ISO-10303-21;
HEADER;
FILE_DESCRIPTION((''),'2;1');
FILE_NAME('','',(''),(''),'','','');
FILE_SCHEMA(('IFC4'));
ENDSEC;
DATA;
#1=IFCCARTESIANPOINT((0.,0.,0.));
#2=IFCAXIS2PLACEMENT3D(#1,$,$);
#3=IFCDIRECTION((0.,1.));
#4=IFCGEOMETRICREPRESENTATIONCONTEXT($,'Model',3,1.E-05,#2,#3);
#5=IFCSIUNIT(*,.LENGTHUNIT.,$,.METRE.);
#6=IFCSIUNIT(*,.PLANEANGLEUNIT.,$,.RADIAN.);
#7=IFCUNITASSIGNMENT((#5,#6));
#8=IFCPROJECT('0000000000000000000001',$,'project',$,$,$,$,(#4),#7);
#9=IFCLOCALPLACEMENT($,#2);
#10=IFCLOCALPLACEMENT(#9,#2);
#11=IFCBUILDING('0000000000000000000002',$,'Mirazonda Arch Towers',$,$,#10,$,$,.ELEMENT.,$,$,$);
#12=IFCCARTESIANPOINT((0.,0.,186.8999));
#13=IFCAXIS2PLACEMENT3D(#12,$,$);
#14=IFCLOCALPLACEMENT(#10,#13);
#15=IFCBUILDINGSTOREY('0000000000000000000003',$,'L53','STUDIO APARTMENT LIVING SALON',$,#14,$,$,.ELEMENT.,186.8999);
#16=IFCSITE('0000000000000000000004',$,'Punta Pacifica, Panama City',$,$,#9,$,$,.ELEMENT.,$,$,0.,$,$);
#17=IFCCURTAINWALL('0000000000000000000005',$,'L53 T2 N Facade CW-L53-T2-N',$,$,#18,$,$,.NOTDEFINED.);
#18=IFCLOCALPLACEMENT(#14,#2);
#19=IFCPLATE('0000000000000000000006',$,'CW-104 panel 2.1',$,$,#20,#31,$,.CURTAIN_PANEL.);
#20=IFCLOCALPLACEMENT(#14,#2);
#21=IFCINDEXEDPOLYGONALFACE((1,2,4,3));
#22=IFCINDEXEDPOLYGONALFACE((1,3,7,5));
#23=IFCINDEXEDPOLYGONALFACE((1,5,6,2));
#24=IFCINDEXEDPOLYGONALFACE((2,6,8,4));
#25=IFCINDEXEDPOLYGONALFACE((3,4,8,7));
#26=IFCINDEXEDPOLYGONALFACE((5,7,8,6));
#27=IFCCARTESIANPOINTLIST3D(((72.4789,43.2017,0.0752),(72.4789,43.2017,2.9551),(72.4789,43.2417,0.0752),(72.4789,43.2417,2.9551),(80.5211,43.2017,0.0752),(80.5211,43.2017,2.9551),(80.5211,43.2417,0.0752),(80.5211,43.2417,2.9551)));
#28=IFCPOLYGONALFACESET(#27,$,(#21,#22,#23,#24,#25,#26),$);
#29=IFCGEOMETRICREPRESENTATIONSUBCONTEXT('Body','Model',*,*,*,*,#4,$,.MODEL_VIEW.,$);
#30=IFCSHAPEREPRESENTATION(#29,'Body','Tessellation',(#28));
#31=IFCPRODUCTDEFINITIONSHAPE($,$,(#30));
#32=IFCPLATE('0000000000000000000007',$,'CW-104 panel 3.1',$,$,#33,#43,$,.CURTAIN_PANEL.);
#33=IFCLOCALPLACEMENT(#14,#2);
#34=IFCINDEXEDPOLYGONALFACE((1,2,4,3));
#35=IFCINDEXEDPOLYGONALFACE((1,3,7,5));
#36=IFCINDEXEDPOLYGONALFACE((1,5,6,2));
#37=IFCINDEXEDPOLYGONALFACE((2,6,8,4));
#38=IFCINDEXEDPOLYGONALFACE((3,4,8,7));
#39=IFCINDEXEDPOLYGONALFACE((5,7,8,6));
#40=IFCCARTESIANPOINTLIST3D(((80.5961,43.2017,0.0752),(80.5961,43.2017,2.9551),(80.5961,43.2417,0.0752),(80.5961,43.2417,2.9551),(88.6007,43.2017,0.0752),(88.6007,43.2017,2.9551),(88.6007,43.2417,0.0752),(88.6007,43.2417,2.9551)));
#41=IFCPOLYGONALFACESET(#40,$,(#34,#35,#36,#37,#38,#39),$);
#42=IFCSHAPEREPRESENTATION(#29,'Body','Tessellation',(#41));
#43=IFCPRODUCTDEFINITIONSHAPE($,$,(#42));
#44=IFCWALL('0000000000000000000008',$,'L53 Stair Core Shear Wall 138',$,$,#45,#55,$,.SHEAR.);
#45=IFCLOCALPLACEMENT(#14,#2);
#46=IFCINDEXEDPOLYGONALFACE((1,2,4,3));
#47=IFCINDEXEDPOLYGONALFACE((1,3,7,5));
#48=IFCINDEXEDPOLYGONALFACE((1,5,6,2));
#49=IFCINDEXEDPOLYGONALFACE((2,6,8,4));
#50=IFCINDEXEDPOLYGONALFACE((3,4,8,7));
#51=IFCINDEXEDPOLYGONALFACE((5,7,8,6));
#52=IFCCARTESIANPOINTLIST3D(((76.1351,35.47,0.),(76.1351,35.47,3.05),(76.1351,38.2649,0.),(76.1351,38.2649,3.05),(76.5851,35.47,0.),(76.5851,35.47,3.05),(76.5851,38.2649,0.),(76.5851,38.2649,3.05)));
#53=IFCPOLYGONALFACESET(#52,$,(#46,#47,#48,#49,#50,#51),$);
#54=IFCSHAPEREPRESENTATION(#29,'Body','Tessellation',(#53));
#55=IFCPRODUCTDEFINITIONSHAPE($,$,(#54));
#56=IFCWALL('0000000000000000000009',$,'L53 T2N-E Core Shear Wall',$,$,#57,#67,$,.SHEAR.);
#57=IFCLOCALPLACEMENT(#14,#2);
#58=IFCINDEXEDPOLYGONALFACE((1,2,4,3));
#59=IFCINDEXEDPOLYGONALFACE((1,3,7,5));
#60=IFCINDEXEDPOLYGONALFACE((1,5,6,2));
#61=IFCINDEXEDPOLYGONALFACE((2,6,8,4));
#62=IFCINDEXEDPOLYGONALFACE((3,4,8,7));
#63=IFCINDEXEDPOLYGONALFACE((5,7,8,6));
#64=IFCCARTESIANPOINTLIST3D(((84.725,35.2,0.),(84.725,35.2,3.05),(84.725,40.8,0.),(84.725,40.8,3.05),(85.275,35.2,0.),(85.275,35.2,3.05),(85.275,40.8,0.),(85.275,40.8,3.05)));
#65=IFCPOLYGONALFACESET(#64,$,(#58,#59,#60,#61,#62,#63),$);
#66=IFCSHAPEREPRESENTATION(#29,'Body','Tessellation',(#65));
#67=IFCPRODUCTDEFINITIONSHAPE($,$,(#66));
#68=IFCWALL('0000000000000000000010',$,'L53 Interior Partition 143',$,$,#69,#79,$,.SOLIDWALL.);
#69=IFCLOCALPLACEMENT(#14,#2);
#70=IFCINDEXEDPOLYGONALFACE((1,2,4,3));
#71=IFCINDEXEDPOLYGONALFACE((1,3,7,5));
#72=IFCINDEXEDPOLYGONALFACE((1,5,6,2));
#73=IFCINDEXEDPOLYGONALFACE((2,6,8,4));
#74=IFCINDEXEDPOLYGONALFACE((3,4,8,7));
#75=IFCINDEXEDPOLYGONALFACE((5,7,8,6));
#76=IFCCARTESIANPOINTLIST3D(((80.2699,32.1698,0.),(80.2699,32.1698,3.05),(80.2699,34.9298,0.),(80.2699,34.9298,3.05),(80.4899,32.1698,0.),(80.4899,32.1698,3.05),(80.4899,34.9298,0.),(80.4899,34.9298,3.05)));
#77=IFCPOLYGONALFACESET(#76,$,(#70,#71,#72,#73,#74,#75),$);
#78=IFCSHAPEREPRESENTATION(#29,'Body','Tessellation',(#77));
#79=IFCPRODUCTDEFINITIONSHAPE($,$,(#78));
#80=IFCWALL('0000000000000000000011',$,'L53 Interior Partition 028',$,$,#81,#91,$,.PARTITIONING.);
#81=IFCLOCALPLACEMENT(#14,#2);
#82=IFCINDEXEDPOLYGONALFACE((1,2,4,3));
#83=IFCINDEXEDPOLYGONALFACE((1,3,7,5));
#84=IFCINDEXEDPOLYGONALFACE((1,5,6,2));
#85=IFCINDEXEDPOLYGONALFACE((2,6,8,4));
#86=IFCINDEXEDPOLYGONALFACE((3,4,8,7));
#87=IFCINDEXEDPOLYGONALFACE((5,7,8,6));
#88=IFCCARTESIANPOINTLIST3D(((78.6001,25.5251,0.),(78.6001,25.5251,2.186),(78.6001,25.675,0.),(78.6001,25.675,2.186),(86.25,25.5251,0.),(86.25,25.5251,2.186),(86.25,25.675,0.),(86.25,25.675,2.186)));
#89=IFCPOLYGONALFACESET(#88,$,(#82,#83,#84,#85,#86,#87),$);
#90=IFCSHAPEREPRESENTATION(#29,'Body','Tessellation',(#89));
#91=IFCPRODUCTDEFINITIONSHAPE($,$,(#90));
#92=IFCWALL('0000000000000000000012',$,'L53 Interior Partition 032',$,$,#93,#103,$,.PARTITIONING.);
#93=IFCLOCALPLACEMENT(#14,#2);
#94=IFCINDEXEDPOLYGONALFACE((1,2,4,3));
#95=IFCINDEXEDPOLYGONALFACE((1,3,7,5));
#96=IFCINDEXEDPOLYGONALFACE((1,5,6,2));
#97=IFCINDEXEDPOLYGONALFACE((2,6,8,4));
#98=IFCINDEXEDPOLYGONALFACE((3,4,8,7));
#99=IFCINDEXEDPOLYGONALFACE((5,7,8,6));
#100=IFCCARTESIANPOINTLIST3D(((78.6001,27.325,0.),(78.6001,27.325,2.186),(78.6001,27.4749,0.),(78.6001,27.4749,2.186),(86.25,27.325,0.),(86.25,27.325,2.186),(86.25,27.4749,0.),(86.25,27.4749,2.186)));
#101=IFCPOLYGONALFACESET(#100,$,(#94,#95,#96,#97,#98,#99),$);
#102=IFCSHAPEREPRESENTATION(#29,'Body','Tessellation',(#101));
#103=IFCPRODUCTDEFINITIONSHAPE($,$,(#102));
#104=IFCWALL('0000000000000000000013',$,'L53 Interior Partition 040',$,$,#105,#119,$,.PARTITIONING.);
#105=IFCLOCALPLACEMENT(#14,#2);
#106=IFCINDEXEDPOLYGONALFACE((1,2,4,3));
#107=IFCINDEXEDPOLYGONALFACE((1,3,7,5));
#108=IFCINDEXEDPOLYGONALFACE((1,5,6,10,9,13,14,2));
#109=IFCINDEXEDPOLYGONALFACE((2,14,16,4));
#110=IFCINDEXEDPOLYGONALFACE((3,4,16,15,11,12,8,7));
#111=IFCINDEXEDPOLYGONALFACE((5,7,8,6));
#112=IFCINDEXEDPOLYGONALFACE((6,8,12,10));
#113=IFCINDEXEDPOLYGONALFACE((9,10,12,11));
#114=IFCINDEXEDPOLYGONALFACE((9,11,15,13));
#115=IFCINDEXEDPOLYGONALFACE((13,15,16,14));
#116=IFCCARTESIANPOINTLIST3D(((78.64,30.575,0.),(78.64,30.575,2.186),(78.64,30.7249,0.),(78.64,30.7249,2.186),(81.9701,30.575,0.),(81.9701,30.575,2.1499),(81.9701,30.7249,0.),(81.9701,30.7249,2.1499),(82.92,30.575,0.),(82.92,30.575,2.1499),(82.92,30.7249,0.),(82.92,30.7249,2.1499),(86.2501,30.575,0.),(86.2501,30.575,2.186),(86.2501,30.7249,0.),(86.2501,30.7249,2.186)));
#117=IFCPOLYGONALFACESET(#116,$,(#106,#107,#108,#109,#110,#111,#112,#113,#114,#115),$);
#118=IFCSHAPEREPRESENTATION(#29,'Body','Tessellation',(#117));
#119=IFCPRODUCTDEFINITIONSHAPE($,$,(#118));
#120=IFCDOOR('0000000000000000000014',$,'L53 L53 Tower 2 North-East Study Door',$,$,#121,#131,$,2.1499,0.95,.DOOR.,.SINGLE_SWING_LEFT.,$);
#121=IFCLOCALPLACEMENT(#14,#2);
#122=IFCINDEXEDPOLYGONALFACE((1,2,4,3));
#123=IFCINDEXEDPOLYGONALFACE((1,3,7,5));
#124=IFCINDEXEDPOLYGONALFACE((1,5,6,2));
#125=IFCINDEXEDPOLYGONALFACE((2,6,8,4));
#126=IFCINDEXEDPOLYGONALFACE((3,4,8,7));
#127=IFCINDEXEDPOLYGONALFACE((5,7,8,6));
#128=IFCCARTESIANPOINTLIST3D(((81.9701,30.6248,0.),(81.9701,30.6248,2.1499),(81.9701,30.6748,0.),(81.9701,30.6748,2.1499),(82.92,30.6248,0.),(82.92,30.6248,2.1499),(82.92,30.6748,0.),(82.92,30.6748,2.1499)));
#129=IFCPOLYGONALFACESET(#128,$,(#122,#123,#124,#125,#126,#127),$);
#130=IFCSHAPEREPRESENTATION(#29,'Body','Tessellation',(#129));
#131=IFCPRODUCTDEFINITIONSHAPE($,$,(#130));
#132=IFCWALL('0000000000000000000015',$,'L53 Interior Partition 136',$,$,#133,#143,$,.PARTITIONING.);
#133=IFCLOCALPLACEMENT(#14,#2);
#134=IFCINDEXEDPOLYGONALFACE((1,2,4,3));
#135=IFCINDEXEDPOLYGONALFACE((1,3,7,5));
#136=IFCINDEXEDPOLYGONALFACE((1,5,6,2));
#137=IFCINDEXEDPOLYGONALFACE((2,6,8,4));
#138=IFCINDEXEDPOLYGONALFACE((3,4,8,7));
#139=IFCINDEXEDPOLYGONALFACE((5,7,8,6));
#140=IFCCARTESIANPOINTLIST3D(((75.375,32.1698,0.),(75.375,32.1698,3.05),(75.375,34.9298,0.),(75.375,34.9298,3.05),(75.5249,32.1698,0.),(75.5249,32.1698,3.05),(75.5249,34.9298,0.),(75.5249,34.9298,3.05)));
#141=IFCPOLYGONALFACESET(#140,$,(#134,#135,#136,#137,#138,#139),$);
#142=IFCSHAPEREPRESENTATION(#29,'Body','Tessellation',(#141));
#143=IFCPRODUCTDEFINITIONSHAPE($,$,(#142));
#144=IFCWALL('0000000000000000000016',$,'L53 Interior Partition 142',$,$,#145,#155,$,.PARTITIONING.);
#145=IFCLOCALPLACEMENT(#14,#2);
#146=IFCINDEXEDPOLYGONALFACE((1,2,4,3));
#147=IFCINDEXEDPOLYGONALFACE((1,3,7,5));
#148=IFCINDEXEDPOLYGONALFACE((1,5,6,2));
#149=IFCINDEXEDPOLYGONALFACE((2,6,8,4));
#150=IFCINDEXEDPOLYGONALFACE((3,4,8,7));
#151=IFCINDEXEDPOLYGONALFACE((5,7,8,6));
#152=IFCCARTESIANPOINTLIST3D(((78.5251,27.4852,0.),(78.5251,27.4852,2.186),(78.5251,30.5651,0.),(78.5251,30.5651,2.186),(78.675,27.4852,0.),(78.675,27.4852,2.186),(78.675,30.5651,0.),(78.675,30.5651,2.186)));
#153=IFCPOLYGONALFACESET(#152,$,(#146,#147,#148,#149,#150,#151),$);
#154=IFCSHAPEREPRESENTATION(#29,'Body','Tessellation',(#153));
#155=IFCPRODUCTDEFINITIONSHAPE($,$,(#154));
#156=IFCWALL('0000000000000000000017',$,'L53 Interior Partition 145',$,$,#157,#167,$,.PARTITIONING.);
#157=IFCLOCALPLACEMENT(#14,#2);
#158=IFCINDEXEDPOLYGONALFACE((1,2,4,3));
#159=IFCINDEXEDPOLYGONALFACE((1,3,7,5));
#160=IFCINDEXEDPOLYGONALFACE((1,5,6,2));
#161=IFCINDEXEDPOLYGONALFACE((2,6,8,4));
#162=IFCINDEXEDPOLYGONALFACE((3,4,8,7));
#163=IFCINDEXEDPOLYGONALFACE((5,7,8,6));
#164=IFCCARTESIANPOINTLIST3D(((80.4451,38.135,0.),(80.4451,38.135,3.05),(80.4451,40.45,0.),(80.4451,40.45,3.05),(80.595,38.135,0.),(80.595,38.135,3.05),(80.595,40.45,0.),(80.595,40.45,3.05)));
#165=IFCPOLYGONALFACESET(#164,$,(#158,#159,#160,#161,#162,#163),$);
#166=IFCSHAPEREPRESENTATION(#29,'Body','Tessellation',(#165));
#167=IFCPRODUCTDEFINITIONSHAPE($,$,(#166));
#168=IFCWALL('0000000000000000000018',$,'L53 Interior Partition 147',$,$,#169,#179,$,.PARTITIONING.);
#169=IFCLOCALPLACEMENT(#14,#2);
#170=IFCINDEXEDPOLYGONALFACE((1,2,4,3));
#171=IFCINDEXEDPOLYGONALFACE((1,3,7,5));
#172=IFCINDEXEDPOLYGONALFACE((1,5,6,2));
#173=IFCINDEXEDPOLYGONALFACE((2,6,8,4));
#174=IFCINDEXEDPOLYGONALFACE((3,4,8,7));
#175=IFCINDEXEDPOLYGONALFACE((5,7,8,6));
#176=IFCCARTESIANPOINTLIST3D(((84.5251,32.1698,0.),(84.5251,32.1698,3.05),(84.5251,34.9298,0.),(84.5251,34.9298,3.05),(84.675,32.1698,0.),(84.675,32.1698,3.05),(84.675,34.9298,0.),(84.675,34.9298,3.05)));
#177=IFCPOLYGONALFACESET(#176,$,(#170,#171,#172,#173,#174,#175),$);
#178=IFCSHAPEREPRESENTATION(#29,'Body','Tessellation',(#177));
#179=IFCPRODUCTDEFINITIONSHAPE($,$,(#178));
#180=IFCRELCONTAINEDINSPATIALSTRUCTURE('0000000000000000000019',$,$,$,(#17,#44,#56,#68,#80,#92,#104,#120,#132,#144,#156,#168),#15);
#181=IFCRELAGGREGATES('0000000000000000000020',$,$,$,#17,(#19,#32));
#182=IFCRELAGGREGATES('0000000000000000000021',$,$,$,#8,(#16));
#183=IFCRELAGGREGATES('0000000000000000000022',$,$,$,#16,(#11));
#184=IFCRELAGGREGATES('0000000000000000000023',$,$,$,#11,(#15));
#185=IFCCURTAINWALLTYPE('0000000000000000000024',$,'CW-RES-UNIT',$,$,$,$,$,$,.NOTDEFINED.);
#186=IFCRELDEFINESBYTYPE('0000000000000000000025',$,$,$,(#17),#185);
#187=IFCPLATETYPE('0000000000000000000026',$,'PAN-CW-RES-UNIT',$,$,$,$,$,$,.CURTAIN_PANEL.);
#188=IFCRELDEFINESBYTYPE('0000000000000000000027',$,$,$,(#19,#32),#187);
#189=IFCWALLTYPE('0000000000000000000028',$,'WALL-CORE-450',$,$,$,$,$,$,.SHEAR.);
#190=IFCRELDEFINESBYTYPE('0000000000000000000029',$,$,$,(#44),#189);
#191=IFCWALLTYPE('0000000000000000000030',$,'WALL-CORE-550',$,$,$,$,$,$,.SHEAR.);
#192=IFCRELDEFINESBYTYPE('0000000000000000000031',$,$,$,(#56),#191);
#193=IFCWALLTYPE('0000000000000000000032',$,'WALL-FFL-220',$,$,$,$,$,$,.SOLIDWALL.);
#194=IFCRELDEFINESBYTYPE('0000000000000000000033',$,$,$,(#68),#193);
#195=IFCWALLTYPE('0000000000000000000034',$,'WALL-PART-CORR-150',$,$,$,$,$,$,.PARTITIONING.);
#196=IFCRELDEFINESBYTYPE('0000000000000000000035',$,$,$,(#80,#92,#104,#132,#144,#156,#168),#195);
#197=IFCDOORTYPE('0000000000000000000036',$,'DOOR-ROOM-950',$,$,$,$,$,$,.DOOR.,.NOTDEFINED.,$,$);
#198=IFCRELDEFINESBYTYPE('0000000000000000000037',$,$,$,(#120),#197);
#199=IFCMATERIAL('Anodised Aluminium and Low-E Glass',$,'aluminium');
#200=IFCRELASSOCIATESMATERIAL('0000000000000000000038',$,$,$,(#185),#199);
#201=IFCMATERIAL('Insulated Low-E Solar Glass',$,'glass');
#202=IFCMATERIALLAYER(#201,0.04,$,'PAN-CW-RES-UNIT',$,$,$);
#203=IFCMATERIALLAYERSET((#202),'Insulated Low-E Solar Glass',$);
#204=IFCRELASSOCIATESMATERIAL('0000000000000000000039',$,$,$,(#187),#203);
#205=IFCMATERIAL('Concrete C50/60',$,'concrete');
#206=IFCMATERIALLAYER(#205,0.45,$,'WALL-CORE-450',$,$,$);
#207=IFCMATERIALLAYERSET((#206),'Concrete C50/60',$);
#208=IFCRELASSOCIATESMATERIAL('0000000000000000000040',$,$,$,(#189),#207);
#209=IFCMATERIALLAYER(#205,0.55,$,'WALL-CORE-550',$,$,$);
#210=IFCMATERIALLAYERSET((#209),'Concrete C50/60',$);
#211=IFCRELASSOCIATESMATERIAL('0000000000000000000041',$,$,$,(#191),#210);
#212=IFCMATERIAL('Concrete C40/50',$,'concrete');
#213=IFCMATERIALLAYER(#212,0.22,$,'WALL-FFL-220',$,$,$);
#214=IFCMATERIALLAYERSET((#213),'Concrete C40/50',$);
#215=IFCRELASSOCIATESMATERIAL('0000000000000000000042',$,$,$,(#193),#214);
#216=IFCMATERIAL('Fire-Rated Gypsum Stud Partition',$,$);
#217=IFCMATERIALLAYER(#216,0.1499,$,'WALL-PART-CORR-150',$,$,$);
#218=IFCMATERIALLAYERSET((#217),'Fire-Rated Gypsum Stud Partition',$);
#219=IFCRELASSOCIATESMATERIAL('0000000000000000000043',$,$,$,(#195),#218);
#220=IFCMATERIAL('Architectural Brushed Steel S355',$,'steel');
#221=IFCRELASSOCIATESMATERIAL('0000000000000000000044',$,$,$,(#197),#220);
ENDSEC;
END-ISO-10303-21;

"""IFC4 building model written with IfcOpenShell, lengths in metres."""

from ifc_helpers import new_model, si_unit, direction, frame, frame_2d, origin, origin_2d, place, context, subcontext, project, spatial, rectangle, extrude, material, layer, layer_set, type_object, element, fill, aggregate, save


model = new_model("IFC4")

# Units and contexts
model_context = context("Model", 3, precision=1e-05, world=origin(), true_north=direction((0.0, 1.0)))
body_context = subcontext(model_context, "Body", "Model", "MODEL_VIEW")
ifc_project = project(units=[si_unit("LENGTHUNIT", "METRE"), si_unit("PLANEANGLEUNIT", "RADIAN")], contexts=[model_context])

# Site, building, storey
site_placement = place(None, origin())
site = spatial("IfcSite", under=ifc_project, at=site_placement, Name="Punta Pacifica, Panama City", CompositionType="ELEMENT", RefElevation=0.0)
building_placement = place(site_placement, origin())
building = spatial("IfcBuilding", under=site, at=building_placement, Name="Mirazonda Arch Towers", CompositionType="ELEMENT")
storey_placement = place(building_placement, frame((0.0, 0.0, 186.8999)))
storey = spatial("IfcBuildingStorey", under=building, at=storey_placement, Name="L53", Description="STUDIO APARTMENT LIVING SALON", CompositionType="ELEMENT", Elevation=186.8999)

# Shared definitions
ifc_material_1 = material(Name="Concrete C50/60", Category="concrete")

# Curtain wall, plates
ifc_material_2 = material(Name="Anodised Aluminium and Low-E Glass", Category="aluminium")
curtain_wall_type = type_object("IfcCurtainWallType", Name="CW-RES-UNIT", PredefinedType="NOTDEFINED", material=ifc_material_2)
curtain_wall_placement = place(storey_placement, origin())
curtain_wall = element("IfcCurtainWall", 1, at=curtain_wall_placement, inside=storey, type_object=curtain_wall_type, Name="L53 T2 N Facade CW-L53-T2-N", PredefinedType="NOTDEFINED")
ifc_material_3 = material(Name="Insulated Low-E Solar Glass", Category="glass")
ifc_layer_1 = layer(ifc_material_3, 0.04, Name="PAN-CW-RES-UNIT")
ifc_layer_set_1 = layer_set([ifc_layer_1], Name="Insulated Low-E Solar Glass")
plate_type = type_object("IfcPlateType", Name="PAN-CW-RES-UNIT", PredefinedType="CURTAIN_PANEL", material=ifc_layer_set_1)
plate_1_placement = place(storey_placement, frame((76.5, 43.2217, 0.0752), z_axis=(0.0, 0.0, 1.0), x_axis=(1.0, 0.0, 0.0)))
plate_1 = element("IfcPlate", 2, at=plate_1_placement, type_object=plate_type, Name="CW-104 panel 2.1", PredefinedType="CURTAIN_PANEL", context=body_context, shape_type="SweptSolid", body=[
    extrude(rectangle(XDim=8.0422, YDim=0.04, at=origin_2d()), origin(), (0.0, 0.0, 1.0), 2.8799),
])
plate_2_placement = place(storey_placement, frame((84.5984, 43.2217, 0.0752), z_axis=(0.0, 0.0, 1.0), x_axis=(1.0, 0.0, 0.0)))
plate_2 = element("IfcPlate", 3, at=plate_2_placement, type_object=plate_type, Name="CW-104 panel 3.1", PredefinedType="CURTAIN_PANEL", context=body_context, shape_type="SweptSolid", body=[
    extrude(rectangle(XDim=8.0046, YDim=0.04, at=origin_2d()), origin(), (0.0, 0.0, 1.0), 2.8799),
])
aggregate(curtain_wall, [plate_1, plate_2])

# Walls
ifc_layer_2 = layer(ifc_material_1, 0.45, Name="WALL-CORE-450")
ifc_layer_set_2 = layer_set([ifc_layer_2], Name="Concrete C50/60")
wall_type_1 = type_object("IfcWallType", Name="WALL-CORE-450", PredefinedType="SHEAR", material=ifc_layer_set_2)
wall_1_placement = place(storey_placement, frame((76.3601, 35.47, 0.0), z_axis=(0.0, 0.0, 1.0), x_axis=(0.0, 1.0, 0.0)))
element("IfcWall", 4, at=wall_1_placement, inside=storey, type_object=wall_type_1, Name="L53 Stair Core Shear Wall 138", PredefinedType="SHEAR", context=body_context, shape_type="SweptSolid", body=[
    extrude(rectangle(XDim=2.7949, YDim=0.45, at=frame_2d((1.3975, 0.0))), origin(), (0.0, 0.0, 1.0), 3.05),
])
ifc_layer_3 = layer(ifc_material_1, 0.55, Name="WALL-CORE-550")
ifc_layer_set_3 = layer_set([ifc_layer_3], Name="Concrete C50/60")
wall_type_2 = type_object("IfcWallType", Name="WALL-CORE-550", PredefinedType="SHEAR", material=ifc_layer_set_3)
wall_2_placement = place(storey_placement, frame((85.0, 35.2, 0.0), z_axis=(0.0, 0.0, 1.0), x_axis=(0.0, 1.0, 0.0)))
element("IfcWall", 5, at=wall_2_placement, inside=storey, type_object=wall_type_2, Name="L53 T2N-E Core Shear Wall", PredefinedType="SHEAR", context=body_context, shape_type="SweptSolid", body=[
    extrude(rectangle(XDim=5.6001, YDim=0.55, at=frame_2d((2.8, 0.0))), origin(), (0.0, 0.0, 1.0), 3.05),
])
ifc_material_4 = material(Name="Concrete C40/50", Category="concrete")
ifc_layer_4 = layer(ifc_material_4, 0.22, Name="WALL-FFL-220")
ifc_layer_set_4 = layer_set([ifc_layer_4], Name="Concrete C40/50")
wall_type_3 = type_object("IfcWallType", Name="WALL-FFL-220", PredefinedType="SOLIDWALL", material=ifc_layer_set_4)
wall_3_placement = place(storey_placement, frame((80.3799, 32.1699, 0.0), z_axis=(0.0, 0.0, 1.0), x_axis=(0.0, 1.0, 0.0)))
element("IfcWall", 6, at=wall_3_placement, inside=storey, type_object=wall_type_3, Name="L53 Interior Partition 143", PredefinedType="SOLIDWALL", context=body_context, shape_type="SweptSolid", body=[
    extrude(rectangle(XDim=2.76, YDim=0.22, at=frame_2d((1.3799, 0.0))), origin(), (0.0, 0.0, 1.0), 3.05),
])
ifc_material_5 = material(Name="Fire-Rated Gypsum Stud Partition")
ifc_layer_5 = layer(ifc_material_5, 0.1499, Name="WALL-PART-CORR-150")
ifc_layer_set_5 = layer_set([ifc_layer_5], Name="Fire-Rated Gypsum Stud Partition")
wall_type_4 = type_object("IfcWallType", Name="WALL-PART-CORR-150", PredefinedType="PARTITIONING", material=ifc_layer_set_5)
for number, where, z_axis, x_axis, name in (
    (7, (78.6001, 25.6001, 0.0), (0.0, 0.0, 1.0), (1.0, 0.0, 0.0), "L53 Interior Partition 028"),
    (8, (78.6001, 27.3999, 0.0), (0.0, 0.0, 1.0), (1.0, 0.0, 0.0), "L53 Interior Partition 032"),
):
    element("IfcWall", number, at=place(storey_placement, frame(where, z_axis=z_axis, x_axis=x_axis)), inside=storey, type_object=wall_type_4, Name=name, PredefinedType="PARTITIONING", context=body_context, shape_type="SweptSolid", body=[
        extrude(rectangle(XDim=7.6499, YDim=0.1499, at=frame_2d((3.825, 0.0))), origin(), (0.0, 0.0, 1.0), 2.186),
    ])

# Wall, opening, door
wall_4_placement = place(storey_placement, frame((78.6399, 30.6499, 0.0), z_axis=(0.0, 0.0, 1.0), x_axis=(1.0, 0.0, 0.0)))
wall_4 = element("IfcWall", 9, at=wall_4_placement, inside=storey, type_object=wall_type_4, Name="L53 Interior Partition 040", PredefinedType="PARTITIONING", context=body_context, shape_type="SweptSolid", body=[
    extrude(rectangle(XDim=7.6101, YDim=0.1499, at=frame_2d((3.8052, 0.0))), origin(), (0.0, 0.0, 1.0), 2.186),
])
opening_placement = place(wall_4_placement, frame((3.3301, 0.0, 0.0)))
opening = element("IfcOpeningElement", 10, at=opening_placement, cuts=wall_4, PredefinedType="OPENING", context=body_context, shape_type="SweptSolid", body=[
    extrude(rectangle(XDim=0.95, YDim=2.1499, at=frame_2d((0.4751, 1.075))), frame((0.0, 0.085, 0.0), z_axis=(0.0, -1.0, 0.0), x_axis=(1.0, 0.0, 0.0)), (0.0, 0.0, 1.0), 0.1699),
])
ifc_material_6 = material(Name="Architectural Brushed Steel S355", Category="steel")
door_type = type_object("IfcDoorType", Name="DOOR-ROOM-950", OperationType="NOTDEFINED", PredefinedType="DOOR", material=ifc_material_6)
door_placement = place(opening_placement, origin())
door = element("IfcDoor", 11, at=door_placement, inside=storey, type_object=door_type, Name="L53 L53 Tower 2 North-East Study Door", OperationType="SINGLE_SWING_LEFT", OverallHeight=2.1499, OverallWidth=0.95, PredefinedType="DOOR", context=body_context, shape_type="SweptSolid", body=[
    extrude(rectangle(XDim=0.95, YDim=2.1499, at=frame_2d((0.4751, 1.075))), frame((0.0, 0.0249, 0.0), z_axis=(0.0, -1.0, 0.0), x_axis=(1.0, 0.0, 0.0)), (0.0, 0.0, 1.0), 0.05),
])
fill(opening, door)

# Walls
wall_5_placement = place(storey_placement, frame((75.45, 32.1699, 0.0), z_axis=(0.0, 0.0, 1.0), x_axis=(0.0, 1.0, 0.0)))
element("IfcWall", 12, at=wall_5_placement, inside=storey, type_object=wall_type_4, Name="L53 Interior Partition 136", PredefinedType="PARTITIONING", context=body_context, shape_type="SweptSolid", body=[
    extrude(rectangle(XDim=2.76, YDim=0.1499, at=frame_2d((1.3799, 0.0))), origin(), (0.0, 0.0, 1.0), 3.05),
])
wall_6_placement = place(storey_placement, frame((78.6001, 27.4851, 0.0), z_axis=(0.0, 0.0, 1.0), x_axis=(0.0, 1.0, 0.0)))
element("IfcWall", 13, at=wall_6_placement, inside=storey, type_object=wall_type_4, Name="L53 Interior Partition 142", PredefinedType="PARTITIONING", context=body_context, shape_type="SweptSolid", body=[
    extrude(rectangle(XDim=3.0798, YDim=0.1499, at=frame_2d((1.54, 0.0))), origin(), (0.0, 0.0, 1.0), 2.186),
])
wall_7_placement = place(storey_placement, frame((80.52, 38.135, 0.0), z_axis=(0.0, 0.0, 1.0), x_axis=(0.0, 1.0, 0.0)))
element("IfcWall", 14, at=wall_7_placement, inside=storey, type_object=wall_type_4, Name="L53 Interior Partition 145", PredefinedType="PARTITIONING", context=body_context, shape_type="SweptSolid", body=[
    extrude(rectangle(XDim=2.3149, YDim=0.1499, at=frame_2d((1.1575, 0.0))), origin(), (0.0, 0.0, 1.0), 3.05),
])
wall_8_placement = place(storey_placement, frame((84.6001, 32.1699, 0.0), z_axis=(0.0, 0.0, 1.0), x_axis=(0.0, 1.0, 0.0)))
element("IfcWall", 15, at=wall_8_placement, inside=storey, type_object=wall_type_4, Name="L53 Interior Partition 147", PredefinedType="PARTITIONING", context=body_context, shape_type="SweptSolid", body=[
    extrude(rectangle(XDim=2.76, YDim=0.1499, at=frame_2d((1.3799, 0.0))), origin(), (0.0, 0.0, 1.0), 3.05),
])

save(model, "model.ifc")
